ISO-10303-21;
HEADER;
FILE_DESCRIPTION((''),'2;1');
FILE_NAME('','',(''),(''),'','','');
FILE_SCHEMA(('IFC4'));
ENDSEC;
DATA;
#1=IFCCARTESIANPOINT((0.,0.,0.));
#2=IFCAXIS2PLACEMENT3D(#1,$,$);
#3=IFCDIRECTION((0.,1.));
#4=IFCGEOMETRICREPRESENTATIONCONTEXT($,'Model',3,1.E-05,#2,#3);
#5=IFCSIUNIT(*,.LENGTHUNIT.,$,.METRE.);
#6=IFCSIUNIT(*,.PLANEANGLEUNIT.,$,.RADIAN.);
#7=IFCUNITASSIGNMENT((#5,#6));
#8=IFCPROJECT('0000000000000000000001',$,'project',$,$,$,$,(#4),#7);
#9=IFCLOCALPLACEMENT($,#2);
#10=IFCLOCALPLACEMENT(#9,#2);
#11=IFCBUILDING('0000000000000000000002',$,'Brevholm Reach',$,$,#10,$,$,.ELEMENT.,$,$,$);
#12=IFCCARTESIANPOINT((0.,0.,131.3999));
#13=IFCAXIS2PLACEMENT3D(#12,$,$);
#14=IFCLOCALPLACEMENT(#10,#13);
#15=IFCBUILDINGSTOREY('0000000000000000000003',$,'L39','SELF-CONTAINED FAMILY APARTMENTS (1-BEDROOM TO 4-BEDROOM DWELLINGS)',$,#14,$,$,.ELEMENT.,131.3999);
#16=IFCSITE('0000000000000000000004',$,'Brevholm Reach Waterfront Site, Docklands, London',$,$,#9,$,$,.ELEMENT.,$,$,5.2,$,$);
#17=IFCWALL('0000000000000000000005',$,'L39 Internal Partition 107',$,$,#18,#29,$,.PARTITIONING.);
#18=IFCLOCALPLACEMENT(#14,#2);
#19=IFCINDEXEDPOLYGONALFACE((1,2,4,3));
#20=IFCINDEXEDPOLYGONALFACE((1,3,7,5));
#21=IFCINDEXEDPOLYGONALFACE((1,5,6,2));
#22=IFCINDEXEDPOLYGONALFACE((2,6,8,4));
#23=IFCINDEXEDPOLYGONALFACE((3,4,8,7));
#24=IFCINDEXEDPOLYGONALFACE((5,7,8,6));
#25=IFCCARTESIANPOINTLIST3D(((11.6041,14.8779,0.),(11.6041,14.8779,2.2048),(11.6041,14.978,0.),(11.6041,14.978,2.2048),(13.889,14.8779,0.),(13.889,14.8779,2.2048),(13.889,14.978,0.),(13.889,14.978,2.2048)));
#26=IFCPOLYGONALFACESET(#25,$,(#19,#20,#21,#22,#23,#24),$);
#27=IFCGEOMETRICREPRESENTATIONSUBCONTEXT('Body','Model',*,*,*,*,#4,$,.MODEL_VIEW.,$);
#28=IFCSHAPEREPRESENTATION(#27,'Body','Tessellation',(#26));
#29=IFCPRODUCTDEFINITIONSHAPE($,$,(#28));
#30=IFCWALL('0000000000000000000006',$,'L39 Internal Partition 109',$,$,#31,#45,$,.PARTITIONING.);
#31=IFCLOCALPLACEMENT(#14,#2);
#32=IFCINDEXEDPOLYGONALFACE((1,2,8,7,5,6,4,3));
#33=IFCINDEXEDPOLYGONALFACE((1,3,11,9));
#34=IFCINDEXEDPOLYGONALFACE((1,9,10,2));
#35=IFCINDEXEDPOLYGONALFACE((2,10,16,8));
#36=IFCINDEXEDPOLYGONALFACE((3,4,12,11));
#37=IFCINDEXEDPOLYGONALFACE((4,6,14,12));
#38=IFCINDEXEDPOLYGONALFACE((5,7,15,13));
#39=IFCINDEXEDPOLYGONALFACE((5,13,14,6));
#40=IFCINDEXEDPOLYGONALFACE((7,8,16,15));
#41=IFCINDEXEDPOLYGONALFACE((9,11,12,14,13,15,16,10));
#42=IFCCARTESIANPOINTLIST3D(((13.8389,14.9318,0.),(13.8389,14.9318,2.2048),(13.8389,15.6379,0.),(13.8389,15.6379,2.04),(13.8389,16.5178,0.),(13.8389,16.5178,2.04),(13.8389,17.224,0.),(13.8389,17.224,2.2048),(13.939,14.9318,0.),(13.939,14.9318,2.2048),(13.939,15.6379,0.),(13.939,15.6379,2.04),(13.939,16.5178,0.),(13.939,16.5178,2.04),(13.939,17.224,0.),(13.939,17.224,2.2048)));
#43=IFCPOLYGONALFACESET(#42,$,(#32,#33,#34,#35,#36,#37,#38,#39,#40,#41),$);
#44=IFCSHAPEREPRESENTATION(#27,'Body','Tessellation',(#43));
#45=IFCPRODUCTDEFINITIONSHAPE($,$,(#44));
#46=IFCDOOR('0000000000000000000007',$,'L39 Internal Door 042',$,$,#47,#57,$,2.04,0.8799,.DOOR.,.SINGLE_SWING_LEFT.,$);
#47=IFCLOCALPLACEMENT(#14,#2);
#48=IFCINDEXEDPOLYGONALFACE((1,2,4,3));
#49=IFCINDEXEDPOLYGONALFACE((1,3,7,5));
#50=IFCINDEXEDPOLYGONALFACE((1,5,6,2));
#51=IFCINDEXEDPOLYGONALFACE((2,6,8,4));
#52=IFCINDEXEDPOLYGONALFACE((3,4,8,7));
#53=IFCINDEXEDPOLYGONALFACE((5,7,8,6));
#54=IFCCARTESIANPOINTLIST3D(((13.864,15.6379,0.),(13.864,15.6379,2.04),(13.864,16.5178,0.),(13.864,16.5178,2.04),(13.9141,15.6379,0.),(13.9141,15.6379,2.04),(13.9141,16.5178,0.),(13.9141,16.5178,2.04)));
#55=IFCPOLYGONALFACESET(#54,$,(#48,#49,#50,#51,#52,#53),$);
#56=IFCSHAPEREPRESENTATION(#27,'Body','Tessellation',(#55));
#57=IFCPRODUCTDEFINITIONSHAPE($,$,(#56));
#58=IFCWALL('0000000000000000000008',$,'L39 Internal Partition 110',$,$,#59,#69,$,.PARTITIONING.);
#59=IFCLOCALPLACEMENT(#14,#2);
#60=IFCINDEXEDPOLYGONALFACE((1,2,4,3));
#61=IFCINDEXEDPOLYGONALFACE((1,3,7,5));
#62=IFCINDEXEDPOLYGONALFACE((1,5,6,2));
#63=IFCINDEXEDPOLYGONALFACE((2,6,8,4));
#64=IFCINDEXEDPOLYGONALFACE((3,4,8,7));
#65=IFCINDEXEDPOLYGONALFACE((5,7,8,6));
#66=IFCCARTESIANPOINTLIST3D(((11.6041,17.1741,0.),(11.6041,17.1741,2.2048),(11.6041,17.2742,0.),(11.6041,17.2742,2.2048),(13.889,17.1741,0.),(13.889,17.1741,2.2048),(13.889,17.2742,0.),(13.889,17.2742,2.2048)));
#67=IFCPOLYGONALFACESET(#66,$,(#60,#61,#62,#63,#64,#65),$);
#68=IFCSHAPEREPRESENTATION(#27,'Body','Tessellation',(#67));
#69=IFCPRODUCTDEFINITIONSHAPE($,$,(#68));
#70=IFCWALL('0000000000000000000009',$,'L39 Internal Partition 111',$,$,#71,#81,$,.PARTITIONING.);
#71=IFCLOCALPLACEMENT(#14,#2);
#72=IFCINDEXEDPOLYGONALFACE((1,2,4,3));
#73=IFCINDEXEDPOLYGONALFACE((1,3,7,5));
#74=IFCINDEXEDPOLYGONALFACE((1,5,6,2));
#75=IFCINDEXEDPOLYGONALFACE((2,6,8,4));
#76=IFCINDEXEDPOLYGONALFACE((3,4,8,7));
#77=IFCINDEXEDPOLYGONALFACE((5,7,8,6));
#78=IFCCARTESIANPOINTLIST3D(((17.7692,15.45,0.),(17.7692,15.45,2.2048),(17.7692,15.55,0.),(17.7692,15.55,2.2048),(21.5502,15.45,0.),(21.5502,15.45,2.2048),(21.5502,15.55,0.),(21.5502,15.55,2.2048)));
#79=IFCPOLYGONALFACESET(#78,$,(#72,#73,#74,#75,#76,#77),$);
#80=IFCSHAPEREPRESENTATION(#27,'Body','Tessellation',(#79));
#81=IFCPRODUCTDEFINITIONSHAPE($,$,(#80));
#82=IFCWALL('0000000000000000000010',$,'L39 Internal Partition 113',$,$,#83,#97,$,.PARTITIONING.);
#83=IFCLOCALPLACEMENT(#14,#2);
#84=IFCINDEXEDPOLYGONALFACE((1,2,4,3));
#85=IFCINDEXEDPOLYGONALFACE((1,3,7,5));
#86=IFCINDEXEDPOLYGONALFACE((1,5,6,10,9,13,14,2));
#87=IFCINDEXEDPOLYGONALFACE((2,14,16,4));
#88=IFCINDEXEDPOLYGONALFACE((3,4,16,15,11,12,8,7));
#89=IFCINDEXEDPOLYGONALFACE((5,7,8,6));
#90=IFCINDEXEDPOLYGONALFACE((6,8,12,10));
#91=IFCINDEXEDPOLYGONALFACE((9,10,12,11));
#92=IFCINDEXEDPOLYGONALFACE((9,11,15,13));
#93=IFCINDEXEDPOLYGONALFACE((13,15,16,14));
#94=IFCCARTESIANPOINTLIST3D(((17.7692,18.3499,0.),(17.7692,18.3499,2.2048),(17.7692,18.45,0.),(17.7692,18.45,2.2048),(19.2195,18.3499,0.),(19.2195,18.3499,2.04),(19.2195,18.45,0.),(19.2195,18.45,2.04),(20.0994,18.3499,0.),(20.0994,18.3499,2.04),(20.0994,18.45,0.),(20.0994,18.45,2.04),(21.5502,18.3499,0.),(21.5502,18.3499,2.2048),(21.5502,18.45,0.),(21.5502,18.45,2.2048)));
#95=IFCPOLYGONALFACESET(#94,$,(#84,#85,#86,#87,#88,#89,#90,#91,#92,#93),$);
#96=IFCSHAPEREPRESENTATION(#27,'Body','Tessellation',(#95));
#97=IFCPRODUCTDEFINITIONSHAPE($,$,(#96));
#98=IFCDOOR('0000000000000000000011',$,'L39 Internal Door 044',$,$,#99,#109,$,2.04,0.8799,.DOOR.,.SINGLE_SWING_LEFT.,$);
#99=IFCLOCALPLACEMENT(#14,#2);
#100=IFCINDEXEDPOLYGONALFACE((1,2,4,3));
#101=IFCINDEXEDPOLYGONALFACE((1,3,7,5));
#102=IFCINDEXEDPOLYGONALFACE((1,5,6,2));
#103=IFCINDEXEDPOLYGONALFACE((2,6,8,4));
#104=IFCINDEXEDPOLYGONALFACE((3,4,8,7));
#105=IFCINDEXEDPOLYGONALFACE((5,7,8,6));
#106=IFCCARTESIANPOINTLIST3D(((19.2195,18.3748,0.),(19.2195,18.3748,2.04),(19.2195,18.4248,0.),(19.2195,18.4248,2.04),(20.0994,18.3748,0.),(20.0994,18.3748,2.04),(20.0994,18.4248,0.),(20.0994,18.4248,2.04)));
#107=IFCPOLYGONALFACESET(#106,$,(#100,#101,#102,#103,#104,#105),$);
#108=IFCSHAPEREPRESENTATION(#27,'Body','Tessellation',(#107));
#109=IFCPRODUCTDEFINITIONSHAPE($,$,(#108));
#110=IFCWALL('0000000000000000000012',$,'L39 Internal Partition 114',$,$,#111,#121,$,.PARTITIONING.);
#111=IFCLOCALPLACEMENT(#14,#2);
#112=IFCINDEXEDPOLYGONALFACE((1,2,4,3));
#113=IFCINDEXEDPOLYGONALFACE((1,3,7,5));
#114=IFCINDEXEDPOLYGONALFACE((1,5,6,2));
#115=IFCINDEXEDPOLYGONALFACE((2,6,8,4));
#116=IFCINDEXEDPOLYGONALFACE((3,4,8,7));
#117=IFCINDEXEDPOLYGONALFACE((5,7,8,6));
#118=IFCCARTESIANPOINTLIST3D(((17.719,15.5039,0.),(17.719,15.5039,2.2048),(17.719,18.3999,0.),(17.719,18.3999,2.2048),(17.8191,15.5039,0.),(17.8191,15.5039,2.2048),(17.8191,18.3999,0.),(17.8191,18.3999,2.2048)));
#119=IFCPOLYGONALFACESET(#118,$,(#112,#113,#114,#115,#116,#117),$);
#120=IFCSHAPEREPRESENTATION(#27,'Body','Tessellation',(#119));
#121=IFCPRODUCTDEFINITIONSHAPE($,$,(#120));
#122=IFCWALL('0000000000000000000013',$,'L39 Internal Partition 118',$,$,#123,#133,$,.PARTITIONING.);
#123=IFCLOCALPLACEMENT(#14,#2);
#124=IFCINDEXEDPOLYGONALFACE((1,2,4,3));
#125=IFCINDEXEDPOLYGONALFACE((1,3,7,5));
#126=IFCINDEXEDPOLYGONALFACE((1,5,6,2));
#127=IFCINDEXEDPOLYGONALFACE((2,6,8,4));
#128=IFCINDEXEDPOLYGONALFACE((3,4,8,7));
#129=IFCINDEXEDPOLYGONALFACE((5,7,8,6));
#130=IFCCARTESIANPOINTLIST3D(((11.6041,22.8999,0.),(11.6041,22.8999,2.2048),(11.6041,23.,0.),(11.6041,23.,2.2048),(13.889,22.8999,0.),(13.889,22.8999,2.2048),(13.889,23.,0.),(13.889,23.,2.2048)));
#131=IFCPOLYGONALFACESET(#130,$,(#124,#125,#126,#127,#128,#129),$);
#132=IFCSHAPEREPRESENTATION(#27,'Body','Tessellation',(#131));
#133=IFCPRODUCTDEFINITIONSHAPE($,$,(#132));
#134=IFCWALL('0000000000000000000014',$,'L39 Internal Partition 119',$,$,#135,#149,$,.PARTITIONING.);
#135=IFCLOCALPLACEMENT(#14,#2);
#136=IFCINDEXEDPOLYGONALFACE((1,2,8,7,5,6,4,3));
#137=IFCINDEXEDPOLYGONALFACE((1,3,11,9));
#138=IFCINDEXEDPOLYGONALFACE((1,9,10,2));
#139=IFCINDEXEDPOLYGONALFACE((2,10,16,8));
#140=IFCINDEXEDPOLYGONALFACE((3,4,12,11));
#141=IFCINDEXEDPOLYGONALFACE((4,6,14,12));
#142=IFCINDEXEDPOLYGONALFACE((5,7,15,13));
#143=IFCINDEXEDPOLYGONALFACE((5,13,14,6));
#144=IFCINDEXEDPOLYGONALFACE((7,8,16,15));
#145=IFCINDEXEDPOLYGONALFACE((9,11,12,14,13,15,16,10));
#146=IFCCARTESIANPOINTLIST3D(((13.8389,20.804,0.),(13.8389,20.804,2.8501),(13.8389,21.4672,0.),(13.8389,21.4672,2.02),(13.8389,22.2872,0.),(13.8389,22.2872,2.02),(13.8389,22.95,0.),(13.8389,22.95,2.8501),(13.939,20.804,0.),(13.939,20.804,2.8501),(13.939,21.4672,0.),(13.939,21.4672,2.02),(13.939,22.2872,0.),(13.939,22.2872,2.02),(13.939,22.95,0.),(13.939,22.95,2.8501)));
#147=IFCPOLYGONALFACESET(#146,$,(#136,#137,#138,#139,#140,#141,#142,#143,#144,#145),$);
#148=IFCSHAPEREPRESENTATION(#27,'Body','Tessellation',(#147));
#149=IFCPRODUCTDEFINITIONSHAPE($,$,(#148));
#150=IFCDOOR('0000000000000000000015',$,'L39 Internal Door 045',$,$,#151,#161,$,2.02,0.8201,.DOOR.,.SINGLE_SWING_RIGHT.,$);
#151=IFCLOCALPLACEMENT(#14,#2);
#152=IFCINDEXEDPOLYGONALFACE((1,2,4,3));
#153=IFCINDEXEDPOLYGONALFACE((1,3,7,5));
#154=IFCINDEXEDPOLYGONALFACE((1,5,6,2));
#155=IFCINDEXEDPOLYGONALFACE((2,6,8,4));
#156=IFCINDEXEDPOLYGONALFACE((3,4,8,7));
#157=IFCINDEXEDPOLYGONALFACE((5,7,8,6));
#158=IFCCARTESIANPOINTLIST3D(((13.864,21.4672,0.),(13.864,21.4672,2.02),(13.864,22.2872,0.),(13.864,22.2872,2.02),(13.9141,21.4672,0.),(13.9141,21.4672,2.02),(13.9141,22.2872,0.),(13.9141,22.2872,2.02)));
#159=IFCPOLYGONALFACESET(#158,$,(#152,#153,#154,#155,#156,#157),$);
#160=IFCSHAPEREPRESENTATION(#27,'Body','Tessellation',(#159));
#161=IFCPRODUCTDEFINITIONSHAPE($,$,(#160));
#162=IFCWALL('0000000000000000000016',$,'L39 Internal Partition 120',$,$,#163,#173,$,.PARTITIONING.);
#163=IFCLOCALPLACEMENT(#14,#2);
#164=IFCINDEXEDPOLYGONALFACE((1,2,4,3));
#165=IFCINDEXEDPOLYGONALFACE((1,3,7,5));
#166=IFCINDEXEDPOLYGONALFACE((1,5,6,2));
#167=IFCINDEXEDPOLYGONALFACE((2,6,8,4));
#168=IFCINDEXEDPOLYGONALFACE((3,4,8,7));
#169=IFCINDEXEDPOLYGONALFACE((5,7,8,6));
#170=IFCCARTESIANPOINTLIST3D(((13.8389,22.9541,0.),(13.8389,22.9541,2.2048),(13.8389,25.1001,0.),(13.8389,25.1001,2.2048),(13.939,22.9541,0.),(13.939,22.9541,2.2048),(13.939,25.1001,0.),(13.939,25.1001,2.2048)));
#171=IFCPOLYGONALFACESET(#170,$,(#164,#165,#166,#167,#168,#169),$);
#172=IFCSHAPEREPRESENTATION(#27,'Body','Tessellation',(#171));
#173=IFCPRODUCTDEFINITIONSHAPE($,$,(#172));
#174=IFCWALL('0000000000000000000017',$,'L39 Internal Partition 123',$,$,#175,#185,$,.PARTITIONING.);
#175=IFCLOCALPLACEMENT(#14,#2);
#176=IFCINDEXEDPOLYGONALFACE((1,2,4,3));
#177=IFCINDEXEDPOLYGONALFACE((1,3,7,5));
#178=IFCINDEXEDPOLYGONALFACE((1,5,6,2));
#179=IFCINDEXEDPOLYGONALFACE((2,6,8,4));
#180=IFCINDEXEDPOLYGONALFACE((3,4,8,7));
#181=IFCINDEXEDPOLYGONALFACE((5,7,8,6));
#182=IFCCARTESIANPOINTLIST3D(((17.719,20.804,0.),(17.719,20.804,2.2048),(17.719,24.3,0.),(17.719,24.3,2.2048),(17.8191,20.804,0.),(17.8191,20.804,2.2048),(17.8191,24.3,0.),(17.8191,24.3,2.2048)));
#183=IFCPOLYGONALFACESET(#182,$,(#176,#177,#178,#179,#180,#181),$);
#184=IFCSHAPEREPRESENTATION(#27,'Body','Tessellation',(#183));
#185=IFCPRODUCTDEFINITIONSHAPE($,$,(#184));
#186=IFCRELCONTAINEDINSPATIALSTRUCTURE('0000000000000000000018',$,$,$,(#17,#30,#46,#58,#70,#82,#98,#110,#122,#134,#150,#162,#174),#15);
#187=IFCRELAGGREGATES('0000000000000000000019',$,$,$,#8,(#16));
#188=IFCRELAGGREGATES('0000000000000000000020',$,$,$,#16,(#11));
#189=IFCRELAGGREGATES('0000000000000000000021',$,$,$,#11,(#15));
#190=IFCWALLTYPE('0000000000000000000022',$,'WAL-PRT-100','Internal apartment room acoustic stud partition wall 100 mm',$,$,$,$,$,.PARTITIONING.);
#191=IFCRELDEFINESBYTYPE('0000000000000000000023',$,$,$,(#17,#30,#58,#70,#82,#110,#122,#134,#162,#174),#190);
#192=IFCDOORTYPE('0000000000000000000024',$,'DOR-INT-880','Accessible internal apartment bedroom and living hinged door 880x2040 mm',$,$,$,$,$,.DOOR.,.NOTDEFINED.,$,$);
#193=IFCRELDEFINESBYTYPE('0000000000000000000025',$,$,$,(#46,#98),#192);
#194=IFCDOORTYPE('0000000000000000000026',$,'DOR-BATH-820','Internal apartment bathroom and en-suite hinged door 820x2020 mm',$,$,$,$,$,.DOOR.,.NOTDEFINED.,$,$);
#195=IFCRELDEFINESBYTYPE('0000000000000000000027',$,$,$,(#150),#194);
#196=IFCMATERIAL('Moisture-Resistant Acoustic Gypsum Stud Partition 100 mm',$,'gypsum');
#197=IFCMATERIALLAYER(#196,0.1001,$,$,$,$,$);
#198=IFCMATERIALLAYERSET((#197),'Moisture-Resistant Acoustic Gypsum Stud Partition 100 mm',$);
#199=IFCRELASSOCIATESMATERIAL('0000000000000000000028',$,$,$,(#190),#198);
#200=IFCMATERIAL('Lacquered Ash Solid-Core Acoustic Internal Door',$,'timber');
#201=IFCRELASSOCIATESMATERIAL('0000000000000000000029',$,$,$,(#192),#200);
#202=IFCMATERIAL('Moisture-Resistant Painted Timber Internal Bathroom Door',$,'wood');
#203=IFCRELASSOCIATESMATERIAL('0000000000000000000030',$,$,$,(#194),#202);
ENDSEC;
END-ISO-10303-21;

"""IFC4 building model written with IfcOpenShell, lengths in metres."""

from ifc_helpers import new_model, si_unit, direction, frame, frame_2d, origin, place, context, subcontext, project, spatial, rectangle, extrude, material, layer, layer_set, type_object, element, fill, save


model = new_model("IFC4")

# Units and contexts
model_context = context("Model", 3, precision=1e-05, world=origin(), true_north=direction((0.0, 1.0)))
body_context = subcontext(model_context, "Body", "Model", "MODEL_VIEW")
ifc_project = project(units=[si_unit("LENGTHUNIT", "METRE"), si_unit("PLANEANGLEUNIT", "RADIAN")], contexts=[model_context])

# Site, building, storey
site_placement = place(None, origin())
site = spatial("IfcSite", under=ifc_project, at=site_placement, Name="Brevholm Reach Waterfront Site, Docklands, London", CompositionType="ELEMENT", RefElevation=5.2)
building_placement = place(site_placement, origin())
building = spatial("IfcBuilding", under=site, at=building_placement, Name="Brevholm Reach", CompositionType="ELEMENT")
storey_placement = place(building_placement, frame((0.0, 0.0, 131.3999)))
storey = spatial("IfcBuildingStorey", under=building, at=storey_placement, Name="L39", Description="SELF-CONTAINED FAMILY APARTMENTS (1-BEDROOM TO 4-BEDROOM DWELLINGS)", CompositionType="ELEMENT", Elevation=131.3999)

# Wall
ifc_material_1 = material(Name="Moisture-Resistant Acoustic Gypsum Stud Partition 100 mm", Category="gypsum")
ifc_layer_1 = layer(ifc_material_1, 0.1001)
ifc_layer_set_1 = layer_set([ifc_layer_1], Name="Moisture-Resistant Acoustic Gypsum Stud Partition 100 mm")
wall_type_1 = type_object("IfcWallType", Name="WAL-PRT-100", Description="Internal apartment room acoustic stud partition wall 100 mm", PredefinedType="PARTITIONING", material=ifc_layer_set_1)
wall_1_placement = place(storey_placement, frame((11.604, 14.928, 0.0), z_axis=(0.0, 0.0, 1.0), x_axis=(1.0, 0.0, 0.0)))
element("IfcWall", 1, at=wall_1_placement, inside=storey, type_object=wall_type_1, Name="L39 Internal Partition 107", PredefinedType="PARTITIONING", context=body_context, shape_type="SweptSolid", body=[
    extrude(rectangle(XDim=2.2849, YDim=0.1001, at=frame_2d((1.1426, 0.0))), origin(), (0.0, 0.0, 1.0), 2.2048),
])

# Wall, opening, door
wall_2_placement = place(storey_placement, frame((13.8889, 14.9319, 0.0), z_axis=(0.0, 0.0, 1.0), x_axis=(0.0, 1.0, 0.0)))
wall_2 = element("IfcWall", 2, at=wall_2_placement, inside=storey, type_object=wall_type_1, Name="L39 Internal Partition 109", PredefinedType="PARTITIONING", context=body_context, shape_type="SweptSolid", body=[
    extrude(rectangle(XDim=2.2922, YDim=0.1001, at=frame_2d((1.146, 0.0))), origin(), (0.0, 0.0, 1.0), 2.2048),
])
opening_1_placement = place(wall_2_placement, frame((0.7061, 0.0, 0.0)))
opening_1 = element("IfcOpeningElement", 3, at=opening_1_placement, cuts=wall_2, PredefinedType="OPENING", context=body_context, shape_type="SweptSolid", body=[
    extrude(rectangle(XDim=0.8799, YDim=2.04, at=frame_2d((0.4399, 1.02))), frame((0.0, 0.0601, 0.0), z_axis=(0.0, -1.0, 0.0), x_axis=(1.0, 0.0, 0.0)), (0.0, 0.0, 1.0), 0.1201),
])
ifc_material_2 = material(Name="Lacquered Ash Solid-Core Acoustic Internal Door", Category="timber")
door_type_1 = type_object("IfcDoorType", Name="DOR-INT-880", Description="Accessible internal apartment bedroom and living hinged door 880x2040 mm", OperationType="NOTDEFINED", PredefinedType="DOOR", material=ifc_material_2)
door_1_placement = place(opening_1_placement, origin())
door_1 = element("IfcDoor", 4, at=door_1_placement, inside=storey, type_object=door_type_1, Name="L39 Internal Door 042", OperationType="SINGLE_SWING_LEFT", OverallHeight=2.04, OverallWidth=0.8799, PredefinedType="DOOR", context=body_context, shape_type="SweptSolid", body=[
    extrude(rectangle(XDim=0.8799, YDim=2.04, at=frame_2d((0.4399, 1.02))), frame((0.0, 0.0249, 0.0), z_axis=(0.0, -1.0, 0.0), x_axis=(1.0, 0.0, 0.0)), (0.0, 0.0, 1.0), 0.05),
])
fill(opening_1, door_1)

# Walls
wall_3_placement = place(storey_placement, frame((11.604, 17.2241, 0.0), z_axis=(0.0, 0.0, 1.0), x_axis=(1.0, 0.0, 0.0)))
element("IfcWall", 5, at=wall_3_placement, inside=storey, type_object=wall_type_1, Name="L39 Internal Partition 110", PredefinedType="PARTITIONING", context=body_context, shape_type="SweptSolid", body=[
    extrude(rectangle(XDim=2.2849, YDim=0.1001, at=frame_2d((1.1426, 0.0))), origin(), (0.0, 0.0, 1.0), 2.2048),
])
wall_4_placement = place(storey_placement, frame((17.769, 15.5, 0.0), z_axis=(0.0, 0.0, 1.0), x_axis=(1.0, 0.0, 0.0)))
element("IfcWall", 6, at=wall_4_placement, inside=storey, type_object=wall_type_1, Name="L39 Internal Partition 111", PredefinedType="PARTITIONING", context=body_context, shape_type="SweptSolid", body=[
    extrude(rectangle(XDim=3.781, YDim=0.1001, at=frame_2d((1.8906, 0.0))), origin(), (0.0, 0.0, 1.0), 2.2048),
])

# Wall, opening, door
wall_5_placement = place(storey_placement, frame((17.769, 18.3999, 0.0), z_axis=(0.0, 0.0, 1.0), x_axis=(1.0, 0.0, 0.0)))
wall_5 = element("IfcWall", 7, at=wall_5_placement, inside=storey, type_object=wall_type_1, Name="L39 Internal Partition 113", PredefinedType="PARTITIONING", context=body_context, shape_type="SweptSolid", body=[
    extrude(rectangle(XDim=3.781, YDim=0.1001, at=frame_2d((1.8906, 0.0))), origin(), (0.0, 0.0, 1.0), 2.2048),
])
opening_2_placement = place(wall_5_placement, frame((1.4504, 0.0, 0.0)))
opening_2 = element("IfcOpeningElement", 8, at=opening_2_placement, cuts=wall_5, PredefinedType="OPENING", context=body_context, shape_type="SweptSolid", body=[
    extrude(rectangle(XDim=0.8799, YDim=2.04, at=frame_2d((0.4399, 1.02))), frame((0.0, 0.0601, 0.0), z_axis=(0.0, -1.0, 0.0), x_axis=(1.0, 0.0, 0.0)), (0.0, 0.0, 1.0), 0.1201),
])
door_2_placement = place(opening_2_placement, origin())
door_2 = element("IfcDoor", 9, at=door_2_placement, inside=storey, type_object=door_type_1, Name="L39 Internal Door 044", OperationType="SINGLE_SWING_LEFT", OverallHeight=2.04, OverallWidth=0.8799, PredefinedType="DOOR", context=body_context, shape_type="SweptSolid", body=[
    extrude(rectangle(XDim=0.8799, YDim=2.04, at=frame_2d((0.4399, 1.02))), frame((0.0, 0.0249, 0.0), z_axis=(0.0, -1.0, 0.0), x_axis=(1.0, 0.0, 0.0)), (0.0, 0.0, 1.0), 0.05),
])
fill(opening_2, door_2)

# Walls
wall_6_placement = place(storey_placement, frame((17.769, 15.5039, 0.0), z_axis=(0.0, 0.0, 1.0), x_axis=(0.0, 1.0, 0.0)))
element("IfcWall", 10, at=wall_6_placement, inside=storey, type_object=wall_type_1, Name="L39 Internal Partition 114", PredefinedType="PARTITIONING", context=body_context, shape_type="SweptSolid", body=[
    extrude(rectangle(XDim=2.896, YDim=0.1001, at=frame_2d((1.448, 0.0))), origin(), (0.0, 0.0, 1.0), 2.2048),
])
wall_7_placement = place(storey_placement, frame((11.604, 22.95, 0.0), z_axis=(0.0, 0.0, 1.0), x_axis=(1.0, 0.0, 0.0)))
element("IfcWall", 11, at=wall_7_placement, inside=storey, type_object=wall_type_1, Name="L39 Internal Partition 118", PredefinedType="PARTITIONING", context=body_context, shape_type="SweptSolid", body=[
    extrude(rectangle(XDim=2.2849, YDim=0.1001, at=frame_2d((1.1426, 0.0))), origin(), (0.0, 0.0, 1.0), 2.2048),
])

# Wall, opening, door
wall_8_placement = place(storey_placement, frame((13.8889, 20.804, 0.0), z_axis=(0.0, 0.0, 1.0), x_axis=(0.0, 1.0, 0.0)))
wall_8 = element("IfcWall", 12, at=wall_8_placement, inside=storey, type_object=wall_type_1, Name="L39 Internal Partition 119", PredefinedType="PARTITIONING", context=body_context, shape_type="SweptSolid", body=[
    extrude(rectangle(XDim=2.146, YDim=0.1001, at=frame_2d((1.073, 0.0))), origin(), (0.0, 0.0, 1.0), 2.8501),
])
opening_3_placement = place(wall_8_placement, frame((0.6631, 0.0, 0.0)))
opening_3 = element("IfcOpeningElement", 13, at=opening_3_placement, cuts=wall_8, PredefinedType="OPENING", context=body_context, shape_type="SweptSolid", body=[
    extrude(rectangle(XDim=0.8201, YDim=2.02, at=frame_2d((0.4102, 1.01))), frame((0.0, 0.0601, 0.0), z_axis=(0.0, -1.0, 0.0), x_axis=(1.0, 0.0, 0.0)), (0.0, 0.0, 1.0), 0.1201),
])
ifc_material_3 = material(Name="Moisture-Resistant Painted Timber Internal Bathroom Door", Category="wood")
door_type_2 = type_object("IfcDoorType", Name="DOR-BATH-820", Description="Internal apartment bathroom and en-suite hinged door 820x2020 mm", OperationType="NOTDEFINED", PredefinedType="DOOR", material=ifc_material_3)
door_3_placement = place(opening_3_placement, origin())
door_3 = element("IfcDoor", 14, at=door_3_placement, inside=storey, type_object=door_type_2, Name="L39 Internal Door 045", OperationType="SINGLE_SWING_RIGHT", OverallHeight=2.02, OverallWidth=0.8201, PredefinedType="DOOR", context=body_context, shape_type="SweptSolid", body=[
    extrude(rectangle(XDim=0.8201, YDim=2.02, at=frame_2d((0.4102, 1.01))), frame((0.0, 0.0249, 0.0), z_axis=(0.0, -1.0, 0.0), x_axis=(1.0, 0.0, 0.0)), (0.0, 0.0, 1.0), 0.05),
])
fill(opening_3, door_3)

# Walls
wall_9_placement = place(storey_placement, frame((13.8889, 22.9541, 0.0), z_axis=(0.0, 0.0, 1.0), x_axis=(0.0, 1.0, 0.0)))
element("IfcWall", 15, at=wall_9_placement, inside=storey, type_object=wall_type_1, Name="L39 Internal Partition 120", PredefinedType="PARTITIONING", context=body_context, shape_type="SweptSolid", body=[
    extrude(rectangle(XDim=2.146, YDim=0.1001, at=frame_2d((1.073, 0.0))), origin(), (0.0, 0.0, 1.0), 2.2048),
])
wall_10_placement = place(storey_placement, frame((17.769, 20.804, 0.0), z_axis=(0.0, 0.0, 1.0), x_axis=(0.0, 1.0, 0.0)))
element("IfcWall", 16, at=wall_10_placement, inside=storey, type_object=wall_type_1, Name="L39 Internal Partition 123", PredefinedType="PARTITIONING", context=body_context, shape_type="SweptSolid", body=[
    extrude(rectangle(XDim=3.4961, YDim=0.1001, at=frame_2d((1.748, 0.0))), origin(), (0.0, 0.0, 1.0), 2.2048),
])

save(model, "model.ifc")
